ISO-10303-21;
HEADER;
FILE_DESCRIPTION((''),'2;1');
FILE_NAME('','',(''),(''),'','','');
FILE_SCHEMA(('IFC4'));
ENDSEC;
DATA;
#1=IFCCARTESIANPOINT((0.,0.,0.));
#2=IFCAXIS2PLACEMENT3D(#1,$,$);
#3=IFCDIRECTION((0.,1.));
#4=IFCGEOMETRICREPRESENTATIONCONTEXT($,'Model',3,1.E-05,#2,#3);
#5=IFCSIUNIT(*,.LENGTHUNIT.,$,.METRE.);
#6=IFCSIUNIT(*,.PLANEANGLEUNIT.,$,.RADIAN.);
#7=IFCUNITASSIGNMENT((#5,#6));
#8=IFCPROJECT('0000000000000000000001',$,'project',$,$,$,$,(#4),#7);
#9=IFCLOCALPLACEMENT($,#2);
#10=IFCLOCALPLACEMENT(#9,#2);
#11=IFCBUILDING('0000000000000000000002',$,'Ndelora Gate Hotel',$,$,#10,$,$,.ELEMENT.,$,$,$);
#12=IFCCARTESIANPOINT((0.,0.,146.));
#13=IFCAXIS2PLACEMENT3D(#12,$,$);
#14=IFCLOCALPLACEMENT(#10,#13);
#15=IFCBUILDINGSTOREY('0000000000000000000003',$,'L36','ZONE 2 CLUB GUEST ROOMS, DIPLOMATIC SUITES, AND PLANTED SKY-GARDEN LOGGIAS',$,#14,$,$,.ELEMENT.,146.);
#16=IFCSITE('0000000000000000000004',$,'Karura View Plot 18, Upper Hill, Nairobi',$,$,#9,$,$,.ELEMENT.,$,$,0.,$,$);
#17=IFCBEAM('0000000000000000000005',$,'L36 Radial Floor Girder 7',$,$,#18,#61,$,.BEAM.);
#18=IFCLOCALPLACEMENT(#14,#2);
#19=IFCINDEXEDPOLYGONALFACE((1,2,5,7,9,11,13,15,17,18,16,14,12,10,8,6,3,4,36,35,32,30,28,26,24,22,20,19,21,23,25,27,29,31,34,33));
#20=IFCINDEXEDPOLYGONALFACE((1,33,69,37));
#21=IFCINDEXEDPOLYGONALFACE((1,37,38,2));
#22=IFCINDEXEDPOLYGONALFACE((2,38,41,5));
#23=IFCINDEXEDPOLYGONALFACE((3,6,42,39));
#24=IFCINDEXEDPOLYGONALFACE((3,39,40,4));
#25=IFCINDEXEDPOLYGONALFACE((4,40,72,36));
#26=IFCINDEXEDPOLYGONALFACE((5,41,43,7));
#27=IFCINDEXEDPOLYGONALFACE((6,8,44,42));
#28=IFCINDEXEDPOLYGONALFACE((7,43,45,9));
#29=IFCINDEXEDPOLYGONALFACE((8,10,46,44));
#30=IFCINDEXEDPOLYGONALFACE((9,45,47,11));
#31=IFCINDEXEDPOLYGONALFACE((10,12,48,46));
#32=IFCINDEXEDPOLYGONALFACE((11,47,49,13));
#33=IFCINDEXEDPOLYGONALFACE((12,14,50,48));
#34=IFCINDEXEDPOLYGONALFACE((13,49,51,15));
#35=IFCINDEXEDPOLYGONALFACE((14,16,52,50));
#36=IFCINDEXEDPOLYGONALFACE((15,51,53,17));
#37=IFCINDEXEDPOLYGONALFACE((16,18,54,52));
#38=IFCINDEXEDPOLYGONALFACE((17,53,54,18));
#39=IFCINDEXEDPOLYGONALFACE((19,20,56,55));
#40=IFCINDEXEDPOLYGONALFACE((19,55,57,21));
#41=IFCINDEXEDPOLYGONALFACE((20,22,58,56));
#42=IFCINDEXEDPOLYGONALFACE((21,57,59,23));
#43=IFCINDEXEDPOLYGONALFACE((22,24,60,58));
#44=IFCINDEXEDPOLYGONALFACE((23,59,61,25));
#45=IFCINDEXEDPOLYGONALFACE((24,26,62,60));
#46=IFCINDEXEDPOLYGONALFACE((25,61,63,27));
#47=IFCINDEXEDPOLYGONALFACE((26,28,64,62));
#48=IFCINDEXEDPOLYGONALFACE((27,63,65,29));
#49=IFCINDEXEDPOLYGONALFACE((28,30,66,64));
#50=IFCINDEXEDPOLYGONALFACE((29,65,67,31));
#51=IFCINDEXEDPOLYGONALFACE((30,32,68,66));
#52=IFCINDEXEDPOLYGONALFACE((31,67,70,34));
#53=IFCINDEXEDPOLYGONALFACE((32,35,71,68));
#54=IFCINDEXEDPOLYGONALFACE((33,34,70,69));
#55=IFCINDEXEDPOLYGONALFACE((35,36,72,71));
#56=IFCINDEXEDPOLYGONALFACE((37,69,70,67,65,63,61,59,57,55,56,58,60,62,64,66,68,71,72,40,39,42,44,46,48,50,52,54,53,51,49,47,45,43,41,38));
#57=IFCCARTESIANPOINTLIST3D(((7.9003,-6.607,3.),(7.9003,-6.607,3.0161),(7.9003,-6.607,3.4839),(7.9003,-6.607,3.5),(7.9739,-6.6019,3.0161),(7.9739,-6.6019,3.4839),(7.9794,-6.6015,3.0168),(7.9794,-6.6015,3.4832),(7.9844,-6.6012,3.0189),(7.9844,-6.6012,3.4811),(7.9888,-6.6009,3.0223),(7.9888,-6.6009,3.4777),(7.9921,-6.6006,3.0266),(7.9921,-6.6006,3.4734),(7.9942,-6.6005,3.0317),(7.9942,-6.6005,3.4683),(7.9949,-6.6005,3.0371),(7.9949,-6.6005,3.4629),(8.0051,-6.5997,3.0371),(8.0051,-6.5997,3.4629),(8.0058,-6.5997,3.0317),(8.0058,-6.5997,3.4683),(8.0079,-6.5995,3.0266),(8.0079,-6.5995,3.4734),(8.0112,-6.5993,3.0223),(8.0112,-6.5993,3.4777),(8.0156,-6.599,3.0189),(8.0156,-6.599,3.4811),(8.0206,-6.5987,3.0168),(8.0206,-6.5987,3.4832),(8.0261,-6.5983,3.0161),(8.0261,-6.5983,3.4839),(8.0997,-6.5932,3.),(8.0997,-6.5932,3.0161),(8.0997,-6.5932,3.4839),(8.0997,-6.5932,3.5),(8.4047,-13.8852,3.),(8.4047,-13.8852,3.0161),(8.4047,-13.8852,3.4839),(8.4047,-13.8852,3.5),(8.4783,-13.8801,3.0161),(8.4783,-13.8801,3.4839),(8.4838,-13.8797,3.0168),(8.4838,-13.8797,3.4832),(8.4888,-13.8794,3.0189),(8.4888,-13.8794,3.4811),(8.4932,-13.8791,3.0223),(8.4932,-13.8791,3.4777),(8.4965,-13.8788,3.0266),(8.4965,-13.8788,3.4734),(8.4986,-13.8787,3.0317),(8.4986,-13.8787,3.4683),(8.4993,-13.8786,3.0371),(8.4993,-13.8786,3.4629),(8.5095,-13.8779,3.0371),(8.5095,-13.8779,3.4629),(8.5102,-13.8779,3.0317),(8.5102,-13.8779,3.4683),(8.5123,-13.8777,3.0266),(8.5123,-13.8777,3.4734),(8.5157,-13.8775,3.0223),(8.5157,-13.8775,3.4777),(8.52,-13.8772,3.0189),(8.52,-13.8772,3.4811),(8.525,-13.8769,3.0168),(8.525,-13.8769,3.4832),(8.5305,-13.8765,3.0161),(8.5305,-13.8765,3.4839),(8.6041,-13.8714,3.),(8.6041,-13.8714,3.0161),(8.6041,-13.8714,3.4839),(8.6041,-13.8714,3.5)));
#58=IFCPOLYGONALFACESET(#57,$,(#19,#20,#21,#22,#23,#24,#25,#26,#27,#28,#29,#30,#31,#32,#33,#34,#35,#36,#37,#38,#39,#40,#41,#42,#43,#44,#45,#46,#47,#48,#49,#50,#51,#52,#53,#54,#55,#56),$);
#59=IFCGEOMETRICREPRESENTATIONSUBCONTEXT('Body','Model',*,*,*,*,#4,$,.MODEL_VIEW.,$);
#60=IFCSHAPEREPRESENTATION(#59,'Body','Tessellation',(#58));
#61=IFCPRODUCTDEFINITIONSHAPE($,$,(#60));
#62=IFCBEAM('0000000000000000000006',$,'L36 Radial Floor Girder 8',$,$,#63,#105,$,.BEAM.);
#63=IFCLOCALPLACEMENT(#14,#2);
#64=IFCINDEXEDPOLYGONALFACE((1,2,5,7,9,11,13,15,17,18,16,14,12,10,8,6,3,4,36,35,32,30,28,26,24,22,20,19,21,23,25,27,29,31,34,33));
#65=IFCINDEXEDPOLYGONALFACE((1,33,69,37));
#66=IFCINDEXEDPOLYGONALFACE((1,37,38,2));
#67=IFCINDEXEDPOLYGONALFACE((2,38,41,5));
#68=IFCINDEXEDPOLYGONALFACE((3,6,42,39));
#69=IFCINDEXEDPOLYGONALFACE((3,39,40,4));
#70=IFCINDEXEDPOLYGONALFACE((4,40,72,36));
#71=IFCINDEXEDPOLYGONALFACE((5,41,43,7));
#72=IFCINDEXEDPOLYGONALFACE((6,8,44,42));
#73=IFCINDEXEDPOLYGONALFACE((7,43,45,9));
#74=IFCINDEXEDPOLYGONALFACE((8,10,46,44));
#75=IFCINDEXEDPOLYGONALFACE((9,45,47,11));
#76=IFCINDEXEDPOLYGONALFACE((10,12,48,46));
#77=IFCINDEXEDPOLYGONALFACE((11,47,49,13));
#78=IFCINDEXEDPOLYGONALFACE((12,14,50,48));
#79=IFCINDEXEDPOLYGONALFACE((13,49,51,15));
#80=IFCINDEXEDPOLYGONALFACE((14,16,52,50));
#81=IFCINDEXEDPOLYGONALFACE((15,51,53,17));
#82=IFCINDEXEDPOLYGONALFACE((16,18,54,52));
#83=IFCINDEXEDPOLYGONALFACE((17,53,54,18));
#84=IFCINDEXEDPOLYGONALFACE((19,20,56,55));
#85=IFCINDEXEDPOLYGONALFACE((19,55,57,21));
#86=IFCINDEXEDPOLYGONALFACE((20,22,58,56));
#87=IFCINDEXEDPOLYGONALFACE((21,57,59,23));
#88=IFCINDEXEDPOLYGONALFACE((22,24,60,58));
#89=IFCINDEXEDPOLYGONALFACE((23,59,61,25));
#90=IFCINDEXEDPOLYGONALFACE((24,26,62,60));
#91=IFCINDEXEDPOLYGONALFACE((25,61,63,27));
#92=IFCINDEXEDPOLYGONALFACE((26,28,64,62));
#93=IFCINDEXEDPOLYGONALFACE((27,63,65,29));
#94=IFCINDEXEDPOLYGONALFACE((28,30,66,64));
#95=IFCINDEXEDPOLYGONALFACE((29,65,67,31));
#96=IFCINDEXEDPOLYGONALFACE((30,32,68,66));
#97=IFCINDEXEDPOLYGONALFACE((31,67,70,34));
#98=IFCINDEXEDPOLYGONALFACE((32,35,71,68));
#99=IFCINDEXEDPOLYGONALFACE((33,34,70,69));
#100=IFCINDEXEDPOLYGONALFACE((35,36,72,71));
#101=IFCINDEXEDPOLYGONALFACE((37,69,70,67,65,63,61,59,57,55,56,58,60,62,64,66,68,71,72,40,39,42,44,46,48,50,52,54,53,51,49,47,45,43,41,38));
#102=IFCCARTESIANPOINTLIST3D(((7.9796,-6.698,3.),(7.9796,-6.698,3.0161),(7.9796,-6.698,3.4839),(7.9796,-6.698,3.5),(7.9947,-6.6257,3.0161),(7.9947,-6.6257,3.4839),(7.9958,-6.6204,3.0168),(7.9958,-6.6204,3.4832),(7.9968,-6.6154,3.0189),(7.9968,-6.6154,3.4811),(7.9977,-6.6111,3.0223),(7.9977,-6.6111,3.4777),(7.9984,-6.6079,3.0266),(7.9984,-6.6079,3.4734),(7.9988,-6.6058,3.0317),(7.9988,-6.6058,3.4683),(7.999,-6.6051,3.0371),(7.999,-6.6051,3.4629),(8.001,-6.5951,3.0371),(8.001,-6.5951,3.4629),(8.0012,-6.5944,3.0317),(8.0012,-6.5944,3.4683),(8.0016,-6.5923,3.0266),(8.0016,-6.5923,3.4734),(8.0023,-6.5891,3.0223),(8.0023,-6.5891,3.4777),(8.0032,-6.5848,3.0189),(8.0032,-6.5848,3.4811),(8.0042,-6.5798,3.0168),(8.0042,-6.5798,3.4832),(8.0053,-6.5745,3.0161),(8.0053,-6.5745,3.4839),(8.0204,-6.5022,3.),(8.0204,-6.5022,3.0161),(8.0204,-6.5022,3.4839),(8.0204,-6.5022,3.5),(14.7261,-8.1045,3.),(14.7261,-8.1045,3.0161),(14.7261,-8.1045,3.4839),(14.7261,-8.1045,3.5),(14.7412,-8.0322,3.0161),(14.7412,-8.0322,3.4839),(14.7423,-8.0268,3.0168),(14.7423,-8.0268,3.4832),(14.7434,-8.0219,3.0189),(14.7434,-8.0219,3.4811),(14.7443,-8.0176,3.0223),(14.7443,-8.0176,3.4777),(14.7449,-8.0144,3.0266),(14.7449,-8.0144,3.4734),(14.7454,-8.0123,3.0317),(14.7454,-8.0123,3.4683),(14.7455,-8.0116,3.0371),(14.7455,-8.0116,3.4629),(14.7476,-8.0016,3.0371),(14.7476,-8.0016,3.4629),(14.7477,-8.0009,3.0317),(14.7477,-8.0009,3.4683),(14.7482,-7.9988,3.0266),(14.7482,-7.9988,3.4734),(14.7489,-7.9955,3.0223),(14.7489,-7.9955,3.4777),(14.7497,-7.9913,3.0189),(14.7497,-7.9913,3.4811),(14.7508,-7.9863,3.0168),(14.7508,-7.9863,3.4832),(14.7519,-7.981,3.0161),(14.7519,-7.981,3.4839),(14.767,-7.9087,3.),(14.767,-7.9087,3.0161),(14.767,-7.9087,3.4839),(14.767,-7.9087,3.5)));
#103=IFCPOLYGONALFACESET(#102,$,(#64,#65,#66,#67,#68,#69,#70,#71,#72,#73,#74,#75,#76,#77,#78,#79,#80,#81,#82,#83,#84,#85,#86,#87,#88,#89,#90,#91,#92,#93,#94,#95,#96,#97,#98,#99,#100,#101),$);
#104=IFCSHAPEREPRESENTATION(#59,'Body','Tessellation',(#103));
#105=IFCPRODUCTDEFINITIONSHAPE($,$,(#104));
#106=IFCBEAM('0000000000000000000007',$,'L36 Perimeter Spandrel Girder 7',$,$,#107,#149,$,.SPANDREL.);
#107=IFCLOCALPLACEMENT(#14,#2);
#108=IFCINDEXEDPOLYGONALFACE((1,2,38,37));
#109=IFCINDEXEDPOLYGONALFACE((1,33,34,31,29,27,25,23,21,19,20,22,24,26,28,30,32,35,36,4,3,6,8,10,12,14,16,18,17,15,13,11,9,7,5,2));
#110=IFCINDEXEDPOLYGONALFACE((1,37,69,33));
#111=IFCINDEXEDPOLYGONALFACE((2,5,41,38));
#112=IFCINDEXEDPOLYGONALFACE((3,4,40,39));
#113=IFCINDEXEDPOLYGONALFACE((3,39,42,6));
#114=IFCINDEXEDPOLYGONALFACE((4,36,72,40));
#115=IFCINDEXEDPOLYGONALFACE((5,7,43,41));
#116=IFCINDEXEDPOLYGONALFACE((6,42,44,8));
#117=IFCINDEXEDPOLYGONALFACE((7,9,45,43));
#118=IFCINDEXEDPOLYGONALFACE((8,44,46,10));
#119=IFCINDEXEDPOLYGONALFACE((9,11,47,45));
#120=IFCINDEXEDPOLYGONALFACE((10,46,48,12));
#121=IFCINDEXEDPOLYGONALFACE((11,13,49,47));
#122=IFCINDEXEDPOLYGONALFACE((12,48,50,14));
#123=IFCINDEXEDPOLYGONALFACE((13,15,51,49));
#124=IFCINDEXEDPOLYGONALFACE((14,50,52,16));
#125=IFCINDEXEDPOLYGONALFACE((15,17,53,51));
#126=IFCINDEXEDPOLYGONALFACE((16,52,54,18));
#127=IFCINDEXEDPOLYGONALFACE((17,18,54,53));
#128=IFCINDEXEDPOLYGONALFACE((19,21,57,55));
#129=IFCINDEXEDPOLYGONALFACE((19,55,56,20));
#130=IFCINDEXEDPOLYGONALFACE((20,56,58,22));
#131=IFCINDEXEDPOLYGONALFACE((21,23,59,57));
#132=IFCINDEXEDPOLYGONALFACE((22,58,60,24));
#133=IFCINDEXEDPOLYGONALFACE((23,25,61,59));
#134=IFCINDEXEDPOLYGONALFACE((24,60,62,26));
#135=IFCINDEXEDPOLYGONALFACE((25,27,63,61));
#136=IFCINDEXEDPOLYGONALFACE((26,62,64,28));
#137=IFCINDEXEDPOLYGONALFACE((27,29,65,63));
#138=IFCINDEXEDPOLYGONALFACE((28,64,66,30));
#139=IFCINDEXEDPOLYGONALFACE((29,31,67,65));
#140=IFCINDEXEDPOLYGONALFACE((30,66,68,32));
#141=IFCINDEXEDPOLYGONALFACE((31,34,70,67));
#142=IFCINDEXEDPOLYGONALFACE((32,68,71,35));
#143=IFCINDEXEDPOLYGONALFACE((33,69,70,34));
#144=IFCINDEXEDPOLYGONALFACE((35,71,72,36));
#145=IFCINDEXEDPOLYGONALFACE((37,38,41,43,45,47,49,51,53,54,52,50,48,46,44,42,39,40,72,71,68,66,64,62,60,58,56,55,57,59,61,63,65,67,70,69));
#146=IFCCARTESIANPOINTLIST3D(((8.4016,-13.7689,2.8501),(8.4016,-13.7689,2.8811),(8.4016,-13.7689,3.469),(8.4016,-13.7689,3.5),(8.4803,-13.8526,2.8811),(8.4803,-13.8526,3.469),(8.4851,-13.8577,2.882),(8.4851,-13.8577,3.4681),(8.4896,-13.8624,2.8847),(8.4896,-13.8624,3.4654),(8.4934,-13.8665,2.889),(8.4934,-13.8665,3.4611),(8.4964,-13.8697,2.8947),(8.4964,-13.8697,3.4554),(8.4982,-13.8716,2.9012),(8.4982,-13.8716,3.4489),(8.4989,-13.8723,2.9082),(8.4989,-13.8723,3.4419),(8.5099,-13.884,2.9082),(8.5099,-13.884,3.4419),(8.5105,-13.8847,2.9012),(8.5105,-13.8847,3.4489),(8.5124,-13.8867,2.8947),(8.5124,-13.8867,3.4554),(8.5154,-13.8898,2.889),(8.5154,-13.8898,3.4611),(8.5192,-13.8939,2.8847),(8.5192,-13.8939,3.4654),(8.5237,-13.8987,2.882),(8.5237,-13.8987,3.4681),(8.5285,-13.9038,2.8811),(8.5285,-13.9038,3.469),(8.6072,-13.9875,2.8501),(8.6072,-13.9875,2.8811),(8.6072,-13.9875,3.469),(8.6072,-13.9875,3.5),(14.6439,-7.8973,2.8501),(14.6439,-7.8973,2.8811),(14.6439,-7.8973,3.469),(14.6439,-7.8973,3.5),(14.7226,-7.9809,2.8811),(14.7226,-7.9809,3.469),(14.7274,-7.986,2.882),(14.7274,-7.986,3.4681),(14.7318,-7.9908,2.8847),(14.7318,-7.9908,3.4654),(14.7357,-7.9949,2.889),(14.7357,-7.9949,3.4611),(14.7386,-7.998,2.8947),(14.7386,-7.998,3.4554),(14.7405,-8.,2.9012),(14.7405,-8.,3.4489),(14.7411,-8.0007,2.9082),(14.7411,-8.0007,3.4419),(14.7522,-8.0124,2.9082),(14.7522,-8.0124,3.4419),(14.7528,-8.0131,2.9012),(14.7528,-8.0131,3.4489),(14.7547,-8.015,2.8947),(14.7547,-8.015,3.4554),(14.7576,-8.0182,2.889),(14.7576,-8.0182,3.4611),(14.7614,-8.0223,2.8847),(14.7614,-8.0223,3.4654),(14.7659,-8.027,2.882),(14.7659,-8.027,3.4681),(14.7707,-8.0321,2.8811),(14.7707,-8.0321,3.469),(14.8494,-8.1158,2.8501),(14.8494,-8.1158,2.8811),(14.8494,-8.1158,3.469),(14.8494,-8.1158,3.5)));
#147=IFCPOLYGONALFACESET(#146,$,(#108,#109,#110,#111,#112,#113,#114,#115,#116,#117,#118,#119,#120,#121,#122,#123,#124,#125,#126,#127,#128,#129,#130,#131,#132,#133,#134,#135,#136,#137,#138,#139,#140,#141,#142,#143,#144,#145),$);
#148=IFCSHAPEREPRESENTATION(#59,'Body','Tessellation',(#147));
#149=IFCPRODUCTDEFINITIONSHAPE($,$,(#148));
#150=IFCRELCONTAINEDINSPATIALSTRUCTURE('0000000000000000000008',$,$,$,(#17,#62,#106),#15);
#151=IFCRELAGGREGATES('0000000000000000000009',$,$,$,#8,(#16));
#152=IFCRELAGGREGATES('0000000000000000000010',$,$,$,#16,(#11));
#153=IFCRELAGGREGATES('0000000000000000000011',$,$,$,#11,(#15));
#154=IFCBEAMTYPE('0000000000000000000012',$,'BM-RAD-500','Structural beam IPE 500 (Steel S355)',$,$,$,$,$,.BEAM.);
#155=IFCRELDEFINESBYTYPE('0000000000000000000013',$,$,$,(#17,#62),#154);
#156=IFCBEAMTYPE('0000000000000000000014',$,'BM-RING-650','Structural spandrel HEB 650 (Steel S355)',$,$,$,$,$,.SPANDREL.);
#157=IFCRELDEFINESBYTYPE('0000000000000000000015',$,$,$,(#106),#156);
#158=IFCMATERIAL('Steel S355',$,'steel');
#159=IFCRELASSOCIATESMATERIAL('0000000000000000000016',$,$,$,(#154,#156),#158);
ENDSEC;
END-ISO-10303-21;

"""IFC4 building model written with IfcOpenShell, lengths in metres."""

from ifc_helpers import new_model, si_unit, direction, frame, origin, origin_2d, place, context, subcontext, project, spatial, i_section, extrude, material, material_profile, profile_set, type_object, element, save


model = new_model("IFC4")

# Units and contexts
model_context = context("Model", 3, precision=1e-05, world=origin(), true_north=direction((0.0, 1.0)))
body_context = subcontext(model_context, "Body", "Model", "MODEL_VIEW")
ifc_project = project(units=[si_unit("LENGTHUNIT", "METRE"), si_unit("PLANEANGLEUNIT", "RADIAN")], contexts=[model_context])

# Site, building, storey
site_placement = place(None, origin())
site = spatial("IfcSite", under=ifc_project, at=site_placement, Name="Karura View Plot 18, Upper Hill, Nairobi", CompositionType="ELEMENT", RefElevation=0.0)
building_placement = place(site_placement, origin())
building = spatial("IfcBuilding", under=site, at=building_placement, Name="Ndelora Gate Hotel", CompositionType="ELEMENT")
storey_placement = place(building_placement, frame((0.0, 0.0, 146.0)))
storey = spatial("IfcBuildingStorey", under=building, at=storey_placement, Name="L36", Description="ZONE 2 CLUB GUEST ROOMS, DIPLOMATIC SUITES, AND PLANTED SKY-GARDEN LOGGIAS", CompositionType="ELEMENT", Elevation=146.0)

# Beams
ifc_material_1 = material(Name="Steel S355", Category="steel")
ifc_material_profile_1 = material_profile(ifc_material_1, i_section(OverallWidth=0.2, OverallDepth=0.5, WebThickness=0.0103, FlangeThickness=0.0161, FilletRadius=0.021, at=origin_2d()), Name="IPE 500")
ifc_profile_set_1 = profile_set([ifc_material_profile_1], Name="Steel S355")
beam_type_1 = type_object("IfcBeamType", Name="BM-RAD-500", Description="Structural beam IPE 500 (Steel S355)", PredefinedType="BEAM", material=ifc_profile_set_1)
beam_1_placement = place(storey_placement, frame((8.0, -6.6001, 3.25), z_axis=(0.069137, -0.997607, 0.0), x_axis=(0.997607, 0.069137, 0.0)))
element("IfcBeam", 1, at=beam_1_placement, inside=storey, type_object=beam_type_1, Name="L36 Radial Floor Girder 7", PredefinedType="BEAM", context=body_context, shape_type="SweptSolid", body=[
    extrude(i_section(OverallWidth=0.2, OverallDepth=0.5, WebThickness=0.0103, FlangeThickness=0.0161, FilletRadius=0.021, at=origin_2d()), origin(), (0.0, 0.0, 1.0), 7.2957),
])
beam_2_placement = place(storey_placement, frame((8.0, -6.6001, 3.25), z_axis=(0.978953, -0.204087, 0.0), x_axis=(0.204087, 0.978953, 0.0)))
element("IfcBeam", 2, at=beam_2_placement, inside=storey, type_object=beam_type_1, Name="L36 Radial Floor Girder 8", PredefinedType="BEAM", context=body_context, shape_type="SweptSolid", body=[
    extrude(i_section(OverallWidth=0.2, OverallDepth=0.5, WebThickness=0.0103, FlangeThickness=0.0161, FilletRadius=0.021, at=origin_2d()), origin(), (0.0, 0.0, 1.0), 6.8916),
])
ifc_material_profile_2 = material_profile(ifc_material_1, i_section(OverallWidth=0.3, OverallDepth=0.6499, WebThickness=0.0161, FlangeThickness=0.031, FilletRadius=0.0271, at=origin_2d()), Name="HEB 650")
ifc_profile_set_2 = profile_set([ifc_material_profile_2], Name="Steel S355")
beam_type_2 = type_object("IfcBeamType", Name="BM-RING-650", Description="Structural spandrel HEB 650 (Steel S355)", PredefinedType="SPANDREL", material=ifc_profile_set_2)
beam_3_placement = place(storey_placement, frame((8.5044, -13.8782, 3.175), z_axis=(0.728399, 0.685153, 0.0), x_axis=(-0.685153, 0.728399, 0.0)))
element("IfcBeam", 3, at=beam_3_placement, inside=storey, type_object=beam_type_2, Name="L36 Perimeter Spandrel Girder 7", PredefinedType="SPANDREL", context=body_context, shape_type="SweptSolid", body=[
    extrude(i_section(OverallWidth=0.3, OverallDepth=0.6499, WebThickness=0.0161, FlangeThickness=0.031, FilletRadius=0.0271, at=origin_2d()), origin(), (0.0, 0.0, 1.0), 8.5698),
])

save(model, "model.ifc")
